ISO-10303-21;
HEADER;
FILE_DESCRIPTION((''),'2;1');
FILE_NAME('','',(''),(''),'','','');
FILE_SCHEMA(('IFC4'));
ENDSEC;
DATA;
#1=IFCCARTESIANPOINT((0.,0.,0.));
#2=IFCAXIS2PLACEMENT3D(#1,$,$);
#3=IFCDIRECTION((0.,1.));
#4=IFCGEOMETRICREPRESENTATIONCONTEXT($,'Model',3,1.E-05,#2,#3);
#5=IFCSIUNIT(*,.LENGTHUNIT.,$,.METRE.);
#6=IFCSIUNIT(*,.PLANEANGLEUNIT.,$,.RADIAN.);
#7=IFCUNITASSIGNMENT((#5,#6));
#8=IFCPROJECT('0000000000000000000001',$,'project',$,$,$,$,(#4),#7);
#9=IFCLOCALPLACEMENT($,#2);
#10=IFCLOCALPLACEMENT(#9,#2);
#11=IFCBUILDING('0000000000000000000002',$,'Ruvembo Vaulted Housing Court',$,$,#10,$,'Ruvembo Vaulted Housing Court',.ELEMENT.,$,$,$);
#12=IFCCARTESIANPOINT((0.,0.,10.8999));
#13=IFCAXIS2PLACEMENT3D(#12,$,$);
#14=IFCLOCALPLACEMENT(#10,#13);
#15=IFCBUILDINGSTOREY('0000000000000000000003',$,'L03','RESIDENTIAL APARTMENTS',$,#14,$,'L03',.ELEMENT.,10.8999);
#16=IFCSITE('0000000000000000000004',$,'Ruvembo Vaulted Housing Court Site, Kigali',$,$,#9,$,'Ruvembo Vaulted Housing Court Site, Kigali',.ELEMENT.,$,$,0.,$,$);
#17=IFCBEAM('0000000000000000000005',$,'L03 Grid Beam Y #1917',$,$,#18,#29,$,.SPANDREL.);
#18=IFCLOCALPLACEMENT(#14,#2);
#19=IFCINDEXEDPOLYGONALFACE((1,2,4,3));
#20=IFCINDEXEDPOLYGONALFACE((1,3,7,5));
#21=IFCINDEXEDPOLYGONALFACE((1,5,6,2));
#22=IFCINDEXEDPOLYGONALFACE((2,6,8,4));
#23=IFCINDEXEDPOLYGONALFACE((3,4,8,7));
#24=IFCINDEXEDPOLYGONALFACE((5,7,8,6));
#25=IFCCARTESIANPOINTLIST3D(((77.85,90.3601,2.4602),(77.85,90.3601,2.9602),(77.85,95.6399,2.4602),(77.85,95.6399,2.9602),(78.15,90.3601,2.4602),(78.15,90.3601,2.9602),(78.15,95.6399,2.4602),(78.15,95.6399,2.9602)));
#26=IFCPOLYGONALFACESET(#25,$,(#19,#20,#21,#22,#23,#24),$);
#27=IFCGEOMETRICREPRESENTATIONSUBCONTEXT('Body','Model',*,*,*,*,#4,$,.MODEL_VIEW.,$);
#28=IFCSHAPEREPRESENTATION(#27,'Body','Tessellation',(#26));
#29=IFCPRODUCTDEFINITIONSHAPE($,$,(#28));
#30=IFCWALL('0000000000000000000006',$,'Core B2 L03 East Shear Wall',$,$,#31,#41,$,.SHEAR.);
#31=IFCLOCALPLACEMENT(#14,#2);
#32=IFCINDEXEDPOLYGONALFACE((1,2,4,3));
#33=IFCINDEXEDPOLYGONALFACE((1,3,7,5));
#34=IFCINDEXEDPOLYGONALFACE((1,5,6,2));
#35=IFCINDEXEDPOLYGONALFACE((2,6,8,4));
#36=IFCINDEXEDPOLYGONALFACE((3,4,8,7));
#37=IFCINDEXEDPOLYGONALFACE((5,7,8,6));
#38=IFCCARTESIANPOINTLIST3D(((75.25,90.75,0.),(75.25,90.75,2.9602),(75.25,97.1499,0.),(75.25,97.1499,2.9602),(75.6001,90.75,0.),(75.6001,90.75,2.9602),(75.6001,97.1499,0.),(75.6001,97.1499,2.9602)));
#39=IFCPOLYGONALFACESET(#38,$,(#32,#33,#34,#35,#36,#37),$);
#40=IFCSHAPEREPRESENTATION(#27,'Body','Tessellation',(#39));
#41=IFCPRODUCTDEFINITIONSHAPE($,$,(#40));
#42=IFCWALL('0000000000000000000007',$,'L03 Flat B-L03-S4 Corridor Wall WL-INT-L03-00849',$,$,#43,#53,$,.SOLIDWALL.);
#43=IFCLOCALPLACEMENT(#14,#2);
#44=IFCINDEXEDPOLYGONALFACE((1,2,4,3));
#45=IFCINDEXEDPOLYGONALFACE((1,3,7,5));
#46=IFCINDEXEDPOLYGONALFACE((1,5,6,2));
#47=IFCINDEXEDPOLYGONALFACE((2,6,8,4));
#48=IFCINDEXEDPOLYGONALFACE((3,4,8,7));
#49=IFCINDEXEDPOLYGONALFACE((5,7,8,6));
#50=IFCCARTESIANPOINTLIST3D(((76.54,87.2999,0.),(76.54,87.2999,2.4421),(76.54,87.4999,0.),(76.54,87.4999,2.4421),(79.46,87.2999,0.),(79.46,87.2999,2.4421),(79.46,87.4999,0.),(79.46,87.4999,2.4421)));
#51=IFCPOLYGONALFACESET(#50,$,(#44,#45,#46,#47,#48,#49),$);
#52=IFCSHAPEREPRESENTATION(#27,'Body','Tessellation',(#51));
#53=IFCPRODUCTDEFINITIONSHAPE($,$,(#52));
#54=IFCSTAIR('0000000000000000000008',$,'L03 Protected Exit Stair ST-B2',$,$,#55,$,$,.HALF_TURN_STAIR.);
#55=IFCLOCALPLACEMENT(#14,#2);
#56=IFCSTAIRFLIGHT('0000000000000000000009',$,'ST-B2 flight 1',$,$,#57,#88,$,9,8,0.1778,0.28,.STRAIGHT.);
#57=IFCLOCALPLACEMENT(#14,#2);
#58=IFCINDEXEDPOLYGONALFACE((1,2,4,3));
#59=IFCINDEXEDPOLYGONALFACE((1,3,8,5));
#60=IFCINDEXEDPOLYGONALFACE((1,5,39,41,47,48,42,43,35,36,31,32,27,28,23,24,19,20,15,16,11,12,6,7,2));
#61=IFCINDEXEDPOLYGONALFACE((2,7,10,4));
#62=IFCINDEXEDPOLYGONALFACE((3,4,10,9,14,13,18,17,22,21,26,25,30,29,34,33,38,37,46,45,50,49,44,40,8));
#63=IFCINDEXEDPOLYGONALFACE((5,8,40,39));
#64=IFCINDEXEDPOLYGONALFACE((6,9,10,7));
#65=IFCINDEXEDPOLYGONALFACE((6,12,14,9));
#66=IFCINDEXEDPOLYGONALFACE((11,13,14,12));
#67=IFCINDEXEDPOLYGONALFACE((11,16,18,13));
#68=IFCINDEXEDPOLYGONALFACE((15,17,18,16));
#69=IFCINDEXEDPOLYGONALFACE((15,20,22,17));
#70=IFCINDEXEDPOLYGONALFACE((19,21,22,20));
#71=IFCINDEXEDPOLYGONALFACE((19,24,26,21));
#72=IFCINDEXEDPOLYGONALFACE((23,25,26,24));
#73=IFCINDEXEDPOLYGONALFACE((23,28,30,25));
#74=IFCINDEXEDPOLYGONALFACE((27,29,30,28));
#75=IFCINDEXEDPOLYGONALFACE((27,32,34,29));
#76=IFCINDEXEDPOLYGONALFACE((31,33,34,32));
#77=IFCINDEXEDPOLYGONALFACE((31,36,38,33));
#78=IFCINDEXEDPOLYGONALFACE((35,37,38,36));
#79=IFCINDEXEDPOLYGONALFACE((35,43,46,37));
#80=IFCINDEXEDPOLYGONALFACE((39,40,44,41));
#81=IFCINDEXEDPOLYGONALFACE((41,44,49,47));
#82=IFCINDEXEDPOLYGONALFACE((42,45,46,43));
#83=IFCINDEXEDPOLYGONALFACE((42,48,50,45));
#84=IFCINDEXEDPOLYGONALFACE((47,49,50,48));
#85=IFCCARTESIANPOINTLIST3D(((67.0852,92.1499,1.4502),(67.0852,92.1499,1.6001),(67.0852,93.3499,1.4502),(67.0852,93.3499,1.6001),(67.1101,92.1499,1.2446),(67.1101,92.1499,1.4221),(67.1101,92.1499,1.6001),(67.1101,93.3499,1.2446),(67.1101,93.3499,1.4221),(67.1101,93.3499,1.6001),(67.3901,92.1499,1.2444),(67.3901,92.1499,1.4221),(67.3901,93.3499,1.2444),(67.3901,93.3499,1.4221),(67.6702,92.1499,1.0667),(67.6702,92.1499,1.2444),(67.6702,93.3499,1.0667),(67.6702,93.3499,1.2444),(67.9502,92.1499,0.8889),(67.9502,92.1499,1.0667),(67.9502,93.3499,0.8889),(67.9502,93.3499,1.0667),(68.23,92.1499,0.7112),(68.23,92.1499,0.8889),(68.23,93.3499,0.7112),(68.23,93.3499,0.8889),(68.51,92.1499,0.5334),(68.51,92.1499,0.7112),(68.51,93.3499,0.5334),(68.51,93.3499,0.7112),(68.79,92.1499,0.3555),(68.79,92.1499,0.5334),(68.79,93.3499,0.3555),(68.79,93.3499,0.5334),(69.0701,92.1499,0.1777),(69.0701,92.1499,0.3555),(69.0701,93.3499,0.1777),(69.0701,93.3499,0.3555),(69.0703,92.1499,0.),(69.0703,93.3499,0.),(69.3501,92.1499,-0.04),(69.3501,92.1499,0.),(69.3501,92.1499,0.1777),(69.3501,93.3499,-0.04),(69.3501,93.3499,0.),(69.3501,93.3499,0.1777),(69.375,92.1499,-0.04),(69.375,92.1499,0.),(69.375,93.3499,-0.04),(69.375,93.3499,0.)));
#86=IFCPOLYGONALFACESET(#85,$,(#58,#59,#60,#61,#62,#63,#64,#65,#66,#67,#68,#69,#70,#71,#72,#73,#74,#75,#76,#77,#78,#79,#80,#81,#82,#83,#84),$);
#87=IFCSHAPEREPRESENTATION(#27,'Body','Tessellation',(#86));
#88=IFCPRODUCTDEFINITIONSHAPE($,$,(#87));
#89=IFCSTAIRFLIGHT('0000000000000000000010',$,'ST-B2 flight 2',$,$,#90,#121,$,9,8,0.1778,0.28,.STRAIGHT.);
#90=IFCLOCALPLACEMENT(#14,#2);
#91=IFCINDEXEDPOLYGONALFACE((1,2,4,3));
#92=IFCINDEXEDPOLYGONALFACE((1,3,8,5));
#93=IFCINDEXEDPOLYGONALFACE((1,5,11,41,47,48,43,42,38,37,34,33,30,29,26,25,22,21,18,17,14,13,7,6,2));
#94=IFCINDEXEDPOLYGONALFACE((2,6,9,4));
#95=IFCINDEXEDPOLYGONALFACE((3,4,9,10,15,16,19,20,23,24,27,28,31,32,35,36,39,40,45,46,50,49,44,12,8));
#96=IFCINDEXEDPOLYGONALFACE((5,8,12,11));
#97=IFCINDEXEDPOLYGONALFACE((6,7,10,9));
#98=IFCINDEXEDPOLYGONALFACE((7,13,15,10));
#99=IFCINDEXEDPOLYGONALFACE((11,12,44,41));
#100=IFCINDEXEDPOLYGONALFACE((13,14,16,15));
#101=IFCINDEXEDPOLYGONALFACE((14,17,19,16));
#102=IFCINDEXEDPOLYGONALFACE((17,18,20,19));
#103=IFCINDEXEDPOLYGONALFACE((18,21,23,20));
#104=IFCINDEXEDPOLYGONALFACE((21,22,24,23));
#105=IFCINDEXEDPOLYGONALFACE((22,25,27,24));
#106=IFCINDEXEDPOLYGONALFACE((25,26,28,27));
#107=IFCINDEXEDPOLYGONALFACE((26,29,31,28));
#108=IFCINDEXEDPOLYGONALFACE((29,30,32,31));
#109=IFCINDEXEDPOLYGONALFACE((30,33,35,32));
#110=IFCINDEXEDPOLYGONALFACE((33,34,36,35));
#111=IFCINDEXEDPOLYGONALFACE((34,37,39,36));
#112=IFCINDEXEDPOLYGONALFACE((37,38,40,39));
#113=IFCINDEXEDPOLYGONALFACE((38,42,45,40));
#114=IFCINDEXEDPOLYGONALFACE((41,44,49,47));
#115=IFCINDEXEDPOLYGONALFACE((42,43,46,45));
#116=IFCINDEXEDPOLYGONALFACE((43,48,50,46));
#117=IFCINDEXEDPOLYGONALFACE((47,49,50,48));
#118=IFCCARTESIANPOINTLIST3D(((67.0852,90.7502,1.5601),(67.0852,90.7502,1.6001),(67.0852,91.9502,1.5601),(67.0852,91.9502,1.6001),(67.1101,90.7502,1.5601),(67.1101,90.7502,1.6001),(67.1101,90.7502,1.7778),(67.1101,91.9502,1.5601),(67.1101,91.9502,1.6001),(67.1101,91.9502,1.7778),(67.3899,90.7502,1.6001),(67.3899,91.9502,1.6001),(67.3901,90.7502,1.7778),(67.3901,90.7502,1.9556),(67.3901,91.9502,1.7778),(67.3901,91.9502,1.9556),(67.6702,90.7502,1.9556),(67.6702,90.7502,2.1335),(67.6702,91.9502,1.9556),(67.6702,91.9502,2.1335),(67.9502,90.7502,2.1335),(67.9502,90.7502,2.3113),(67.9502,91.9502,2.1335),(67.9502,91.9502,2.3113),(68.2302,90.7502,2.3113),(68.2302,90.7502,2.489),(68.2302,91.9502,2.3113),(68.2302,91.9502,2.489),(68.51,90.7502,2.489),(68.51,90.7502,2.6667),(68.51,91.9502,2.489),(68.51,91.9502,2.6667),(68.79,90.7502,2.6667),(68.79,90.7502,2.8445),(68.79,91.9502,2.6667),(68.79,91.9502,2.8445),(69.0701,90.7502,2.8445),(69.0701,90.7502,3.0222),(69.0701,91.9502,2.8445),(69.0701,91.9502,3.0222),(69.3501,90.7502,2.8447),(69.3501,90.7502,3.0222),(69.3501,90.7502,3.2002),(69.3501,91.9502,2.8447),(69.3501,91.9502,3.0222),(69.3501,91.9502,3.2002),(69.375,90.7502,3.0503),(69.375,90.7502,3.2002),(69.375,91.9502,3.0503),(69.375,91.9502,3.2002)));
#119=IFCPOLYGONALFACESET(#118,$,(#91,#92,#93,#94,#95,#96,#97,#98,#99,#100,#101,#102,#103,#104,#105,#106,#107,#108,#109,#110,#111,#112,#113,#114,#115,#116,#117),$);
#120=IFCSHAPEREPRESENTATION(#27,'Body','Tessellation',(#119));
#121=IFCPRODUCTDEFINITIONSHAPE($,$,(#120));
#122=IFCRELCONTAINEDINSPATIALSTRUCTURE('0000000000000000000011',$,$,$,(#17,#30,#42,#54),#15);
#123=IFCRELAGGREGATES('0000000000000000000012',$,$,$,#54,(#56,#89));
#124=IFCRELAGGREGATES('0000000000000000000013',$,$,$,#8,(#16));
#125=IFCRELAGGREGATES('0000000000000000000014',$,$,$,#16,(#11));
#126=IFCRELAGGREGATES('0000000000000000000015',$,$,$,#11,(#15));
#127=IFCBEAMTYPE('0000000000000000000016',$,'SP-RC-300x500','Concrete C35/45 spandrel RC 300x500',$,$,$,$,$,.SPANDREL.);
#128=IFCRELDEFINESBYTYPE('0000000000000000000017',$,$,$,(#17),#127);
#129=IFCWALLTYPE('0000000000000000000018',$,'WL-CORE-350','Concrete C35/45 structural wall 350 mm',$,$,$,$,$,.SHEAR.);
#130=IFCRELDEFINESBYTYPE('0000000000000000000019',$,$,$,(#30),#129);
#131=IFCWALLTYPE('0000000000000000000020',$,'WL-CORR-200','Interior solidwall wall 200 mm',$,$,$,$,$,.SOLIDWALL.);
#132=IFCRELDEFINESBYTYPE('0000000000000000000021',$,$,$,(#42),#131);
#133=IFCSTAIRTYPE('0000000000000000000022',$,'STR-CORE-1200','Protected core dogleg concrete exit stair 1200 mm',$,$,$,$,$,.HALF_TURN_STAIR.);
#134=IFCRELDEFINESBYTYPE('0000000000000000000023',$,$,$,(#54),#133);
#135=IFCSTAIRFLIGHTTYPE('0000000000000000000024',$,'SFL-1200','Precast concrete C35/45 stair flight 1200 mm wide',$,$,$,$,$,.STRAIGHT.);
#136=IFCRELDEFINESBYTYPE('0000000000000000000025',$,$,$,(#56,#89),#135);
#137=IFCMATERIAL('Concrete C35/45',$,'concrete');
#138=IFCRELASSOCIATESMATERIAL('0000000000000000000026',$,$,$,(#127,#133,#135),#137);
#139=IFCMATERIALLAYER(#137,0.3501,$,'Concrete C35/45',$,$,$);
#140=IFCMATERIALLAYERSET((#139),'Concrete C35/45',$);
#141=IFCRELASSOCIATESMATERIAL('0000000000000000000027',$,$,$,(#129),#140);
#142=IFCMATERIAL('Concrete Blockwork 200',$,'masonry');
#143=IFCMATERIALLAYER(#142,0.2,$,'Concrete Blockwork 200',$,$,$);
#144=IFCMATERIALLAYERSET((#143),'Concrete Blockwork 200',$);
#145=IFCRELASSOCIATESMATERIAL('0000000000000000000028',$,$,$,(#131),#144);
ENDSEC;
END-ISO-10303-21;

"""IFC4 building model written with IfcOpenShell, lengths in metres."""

from ifc_helpers import new_model, si_unit, direction, frame, frame_2d, origin, origin_2d, place, context, subcontext, project, spatial, polyline, rectangle, outline, extrude, material, layer, layer_set, material_profile, profile_set, type_object, element, aggregate, save


model = new_model("IFC4")

# Units and contexts
model_context = context("Model", 3, precision=1e-05, world=origin(), true_north=direction((0.0, 1.0)))
body_context = subcontext(model_context, "Body", "Model", "MODEL_VIEW")
ifc_project = project(units=[si_unit("LENGTHUNIT", "METRE"), si_unit("PLANEANGLEUNIT", "RADIAN")], contexts=[model_context])

# Site, building, storey
site_placement = place(None, origin())
site = spatial("IfcSite", under=ifc_project, at=site_placement, Name="Ruvembo Vaulted Housing Court Site, Kigali", LongName="Ruvembo Vaulted Housing Court Site, Kigali", CompositionType="ELEMENT", RefElevation=0.0)
building_placement = place(site_placement, origin())
building = spatial("IfcBuilding", under=site, at=building_placement, Name="Ruvembo Vaulted Housing Court", LongName="Ruvembo Vaulted Housing Court", CompositionType="ELEMENT")
storey_placement = place(building_placement, frame((0.0, 0.0, 10.8999)))
storey = spatial("IfcBuildingStorey", under=building, at=storey_placement, Name="L03", Description="RESIDENTIAL APARTMENTS", LongName="L03", CompositionType="ELEMENT", Elevation=10.8999)

# Beam
ifc_material_1 = material(Name="Concrete C35/45", Category="concrete")
ifc_material_profile_1 = material_profile(ifc_material_1, rectangle(XDim=0.3, YDim=0.5, at=origin_2d()), Name="RC 300x500")
ifc_profile_set_1 = profile_set([ifc_material_profile_1], Name="Concrete C35/45")
beam_type_1 = type_object("IfcBeamType", Name="SP-RC-300x500", Description="Concrete C35/45 spandrel RC 300x500", PredefinedType="SPANDREL", material=ifc_profile_set_1)
beam_1_placement = place(storey_placement, frame((78.0, 90.3601, 2.7102), z_axis=(0.0, 1.0, 0.0), x_axis=(-1.0, 0.0, 0.0)))
element("IfcBeam", 1, at=beam_1_placement, inside=storey, type_object=beam_type_1, Name="L03 Grid Beam Y #1917", PredefinedType="SPANDREL", context=body_context, shape_type="SweptSolid", body=[
    extrude(rectangle(XDim=0.3, YDim=0.5, at=origin_2d()), origin(), (0.0, 0.0, 1.0), 5.2798),
])

# Walls
ifc_layer_1 = layer(ifc_material_1, 0.3501, Name="Concrete C35/45")
ifc_layer_set_1 = layer_set([ifc_layer_1], Name="Concrete C35/45")
wall_type_1 = type_object("IfcWallType", Name="WL-CORE-350", Description="Concrete C35/45 structural wall 350 mm", PredefinedType="SHEAR", material=ifc_layer_set_1)
wall_1_placement = place(storey_placement, frame((75.425, 90.75, 0.0), z_axis=(0.0, 0.0, 1.0), x_axis=(0.0, 1.0, 0.0)))
element("IfcWall", 2, at=wall_1_placement, inside=storey, type_object=wall_type_1, Name="Core B2 L03 East Shear Wall", PredefinedType="SHEAR", context=body_context, shape_type="SweptSolid", body=[
    extrude(rectangle(XDim=6.3999, YDim=0.3501, at=frame_2d((3.2, 0.0))), origin(), (0.0, 0.0, 1.0), 2.9602),
])
ifc_material_2 = material(Name="Concrete Blockwork 200", Category="masonry")
ifc_layer_2 = layer(ifc_material_2, 0.2, Name="Concrete Blockwork 200")
ifc_layer_set_2 = layer_set([ifc_layer_2], Name="Concrete Blockwork 200")
wall_type_2 = type_object("IfcWallType", Name="WL-CORR-200", Description="Interior solidwall wall 200 mm", PredefinedType="SOLIDWALL", material=ifc_layer_set_2)
wall_2_placement = place(storey_placement, frame((76.54, 87.3999, 0.0), z_axis=(0.0, 0.0, 1.0), x_axis=(1.0, 0.0, 0.0)))
element("IfcWall", 3, at=wall_2_placement, inside=storey, type_object=wall_type_2, Name="L03 Flat B-L03-S4 Corridor Wall WL-INT-L03-00849", PredefinedType="SOLIDWALL", context=body_context, shape_type="SweptSolid", body=[
    extrude(rectangle(XDim=2.9199, YDim=0.2, at=frame_2d((1.46, 0.0))), origin(), (0.0, 0.0, 1.0), 2.4421),
])

# Stair, stair flights
stair_type = type_object("IfcStairType", Name="STR-CORE-1200", Description="Protected core dogleg concrete exit stair 1200 mm", PredefinedType="HALF_TURN_STAIR", material=ifc_material_1)
stair_placement = place(storey_placement, origin())
stair = element("IfcStair", 4, at=stair_placement, inside=storey, type_object=stair_type, Name="L03 Protected Exit Stair ST-B2", PredefinedType="HALF_TURN_STAIR")
stair_flight_type = type_object("IfcStairFlightType", Name="SFL-1200", Description="Precast concrete C35/45 stair flight 1200 mm wide", PredefinedType="STRAIGHT", material=ifc_material_1)
stair_flight_1_placement = place(storey_placement, frame((69.3501, 92.75, 0.0), z_axis=(0.0, 0.0, 1.0), x_axis=(-1.0, 0.0, 0.0)))
stair_flight_1 = element("IfcStairFlight", 5, at=stair_flight_1_placement, type_object=stair_flight_type, Name="ST-B2 flight 1", NumberOfRisers=9, NumberOfTreads=8, PredefinedType="STRAIGHT", RiserHeight=0.1778, TreadLength=0.28, context=body_context, shape_type="SweptSolid", body=[
    extrude(outline(polyline([(-0.0249, -0.04), (-0.0249, 0.0), (0.0, 0.0), (0.0, 0.1777), (0.28, 0.1777), (0.28, 0.3555), (0.5601, 0.3555), (0.5601, 0.5334), (0.8401, 0.5334), (0.8401, 0.7112), (1.1201, 0.7112), (1.1201, 0.8889), (1.3999, 0.8889), (1.3999, 1.0667), (1.6799, 1.0667), (1.6799, 1.2444), (1.96, 1.2444), (1.96, 1.4221), (2.24, 1.4221), (2.24, 1.6001), (2.2649, 1.6001), (2.2649, 1.4502), (2.24, 1.2446), (0.2798, 0.0), (0.0, -0.04), (-0.0249, -0.04)])), frame((0.0, 0.6001, 0.0), z_axis=(0.0, -1.0, 0.0), x_axis=(1.0, 0.0, 0.0)), (0.0, 0.0, 1.0), 1.2),
])
stair_flight_2_placement = place(storey_placement, frame((67.1101, 91.3501, 1.6001), z_axis=(0.0, 0.0, 1.0), x_axis=(1.0, 0.0, 0.0)))
stair_flight_2 = element("IfcStairFlight", 6, at=stair_flight_2_placement, type_object=stair_flight_type, Name="ST-B2 flight 2", NumberOfRisers=9, NumberOfTreads=8, PredefinedType="STRAIGHT", RiserHeight=0.1778, TreadLength=0.28, context=body_context, shape_type="SweptSolid", body=[
    extrude(outline(polyline([(-0.0249, -0.04), (-0.0249, 0.0), (0.0, 0.0), (0.0, 0.1777), (0.28, 0.1777), (0.28, 0.3555), (0.5601, 0.3555), (0.5601, 0.5334), (0.8401, 0.5334), (0.8401, 0.7112), (1.1201, 0.7112), (1.1201, 0.8889), (1.3999, 0.8889), (1.3999, 1.0667), (1.6799, 1.0667), (1.6799, 1.2444), (1.96, 1.2444), (1.96, 1.4221), (2.24, 1.4221), (2.24, 1.6001), (2.2649, 1.6001), (2.2649, 1.4502), (2.24, 1.2446), (0.2798, 0.0), (0.0, -0.04), (-0.0249, -0.04)])), frame((0.0, 0.6001, 0.0), z_axis=(0.0, -1.0, 0.0), x_axis=(1.0, 0.0, 0.0)), (0.0, 0.0, 1.0), 1.2),
])
aggregate(stair, [stair_flight_1, stair_flight_2])

save(model, "model.ifc")
